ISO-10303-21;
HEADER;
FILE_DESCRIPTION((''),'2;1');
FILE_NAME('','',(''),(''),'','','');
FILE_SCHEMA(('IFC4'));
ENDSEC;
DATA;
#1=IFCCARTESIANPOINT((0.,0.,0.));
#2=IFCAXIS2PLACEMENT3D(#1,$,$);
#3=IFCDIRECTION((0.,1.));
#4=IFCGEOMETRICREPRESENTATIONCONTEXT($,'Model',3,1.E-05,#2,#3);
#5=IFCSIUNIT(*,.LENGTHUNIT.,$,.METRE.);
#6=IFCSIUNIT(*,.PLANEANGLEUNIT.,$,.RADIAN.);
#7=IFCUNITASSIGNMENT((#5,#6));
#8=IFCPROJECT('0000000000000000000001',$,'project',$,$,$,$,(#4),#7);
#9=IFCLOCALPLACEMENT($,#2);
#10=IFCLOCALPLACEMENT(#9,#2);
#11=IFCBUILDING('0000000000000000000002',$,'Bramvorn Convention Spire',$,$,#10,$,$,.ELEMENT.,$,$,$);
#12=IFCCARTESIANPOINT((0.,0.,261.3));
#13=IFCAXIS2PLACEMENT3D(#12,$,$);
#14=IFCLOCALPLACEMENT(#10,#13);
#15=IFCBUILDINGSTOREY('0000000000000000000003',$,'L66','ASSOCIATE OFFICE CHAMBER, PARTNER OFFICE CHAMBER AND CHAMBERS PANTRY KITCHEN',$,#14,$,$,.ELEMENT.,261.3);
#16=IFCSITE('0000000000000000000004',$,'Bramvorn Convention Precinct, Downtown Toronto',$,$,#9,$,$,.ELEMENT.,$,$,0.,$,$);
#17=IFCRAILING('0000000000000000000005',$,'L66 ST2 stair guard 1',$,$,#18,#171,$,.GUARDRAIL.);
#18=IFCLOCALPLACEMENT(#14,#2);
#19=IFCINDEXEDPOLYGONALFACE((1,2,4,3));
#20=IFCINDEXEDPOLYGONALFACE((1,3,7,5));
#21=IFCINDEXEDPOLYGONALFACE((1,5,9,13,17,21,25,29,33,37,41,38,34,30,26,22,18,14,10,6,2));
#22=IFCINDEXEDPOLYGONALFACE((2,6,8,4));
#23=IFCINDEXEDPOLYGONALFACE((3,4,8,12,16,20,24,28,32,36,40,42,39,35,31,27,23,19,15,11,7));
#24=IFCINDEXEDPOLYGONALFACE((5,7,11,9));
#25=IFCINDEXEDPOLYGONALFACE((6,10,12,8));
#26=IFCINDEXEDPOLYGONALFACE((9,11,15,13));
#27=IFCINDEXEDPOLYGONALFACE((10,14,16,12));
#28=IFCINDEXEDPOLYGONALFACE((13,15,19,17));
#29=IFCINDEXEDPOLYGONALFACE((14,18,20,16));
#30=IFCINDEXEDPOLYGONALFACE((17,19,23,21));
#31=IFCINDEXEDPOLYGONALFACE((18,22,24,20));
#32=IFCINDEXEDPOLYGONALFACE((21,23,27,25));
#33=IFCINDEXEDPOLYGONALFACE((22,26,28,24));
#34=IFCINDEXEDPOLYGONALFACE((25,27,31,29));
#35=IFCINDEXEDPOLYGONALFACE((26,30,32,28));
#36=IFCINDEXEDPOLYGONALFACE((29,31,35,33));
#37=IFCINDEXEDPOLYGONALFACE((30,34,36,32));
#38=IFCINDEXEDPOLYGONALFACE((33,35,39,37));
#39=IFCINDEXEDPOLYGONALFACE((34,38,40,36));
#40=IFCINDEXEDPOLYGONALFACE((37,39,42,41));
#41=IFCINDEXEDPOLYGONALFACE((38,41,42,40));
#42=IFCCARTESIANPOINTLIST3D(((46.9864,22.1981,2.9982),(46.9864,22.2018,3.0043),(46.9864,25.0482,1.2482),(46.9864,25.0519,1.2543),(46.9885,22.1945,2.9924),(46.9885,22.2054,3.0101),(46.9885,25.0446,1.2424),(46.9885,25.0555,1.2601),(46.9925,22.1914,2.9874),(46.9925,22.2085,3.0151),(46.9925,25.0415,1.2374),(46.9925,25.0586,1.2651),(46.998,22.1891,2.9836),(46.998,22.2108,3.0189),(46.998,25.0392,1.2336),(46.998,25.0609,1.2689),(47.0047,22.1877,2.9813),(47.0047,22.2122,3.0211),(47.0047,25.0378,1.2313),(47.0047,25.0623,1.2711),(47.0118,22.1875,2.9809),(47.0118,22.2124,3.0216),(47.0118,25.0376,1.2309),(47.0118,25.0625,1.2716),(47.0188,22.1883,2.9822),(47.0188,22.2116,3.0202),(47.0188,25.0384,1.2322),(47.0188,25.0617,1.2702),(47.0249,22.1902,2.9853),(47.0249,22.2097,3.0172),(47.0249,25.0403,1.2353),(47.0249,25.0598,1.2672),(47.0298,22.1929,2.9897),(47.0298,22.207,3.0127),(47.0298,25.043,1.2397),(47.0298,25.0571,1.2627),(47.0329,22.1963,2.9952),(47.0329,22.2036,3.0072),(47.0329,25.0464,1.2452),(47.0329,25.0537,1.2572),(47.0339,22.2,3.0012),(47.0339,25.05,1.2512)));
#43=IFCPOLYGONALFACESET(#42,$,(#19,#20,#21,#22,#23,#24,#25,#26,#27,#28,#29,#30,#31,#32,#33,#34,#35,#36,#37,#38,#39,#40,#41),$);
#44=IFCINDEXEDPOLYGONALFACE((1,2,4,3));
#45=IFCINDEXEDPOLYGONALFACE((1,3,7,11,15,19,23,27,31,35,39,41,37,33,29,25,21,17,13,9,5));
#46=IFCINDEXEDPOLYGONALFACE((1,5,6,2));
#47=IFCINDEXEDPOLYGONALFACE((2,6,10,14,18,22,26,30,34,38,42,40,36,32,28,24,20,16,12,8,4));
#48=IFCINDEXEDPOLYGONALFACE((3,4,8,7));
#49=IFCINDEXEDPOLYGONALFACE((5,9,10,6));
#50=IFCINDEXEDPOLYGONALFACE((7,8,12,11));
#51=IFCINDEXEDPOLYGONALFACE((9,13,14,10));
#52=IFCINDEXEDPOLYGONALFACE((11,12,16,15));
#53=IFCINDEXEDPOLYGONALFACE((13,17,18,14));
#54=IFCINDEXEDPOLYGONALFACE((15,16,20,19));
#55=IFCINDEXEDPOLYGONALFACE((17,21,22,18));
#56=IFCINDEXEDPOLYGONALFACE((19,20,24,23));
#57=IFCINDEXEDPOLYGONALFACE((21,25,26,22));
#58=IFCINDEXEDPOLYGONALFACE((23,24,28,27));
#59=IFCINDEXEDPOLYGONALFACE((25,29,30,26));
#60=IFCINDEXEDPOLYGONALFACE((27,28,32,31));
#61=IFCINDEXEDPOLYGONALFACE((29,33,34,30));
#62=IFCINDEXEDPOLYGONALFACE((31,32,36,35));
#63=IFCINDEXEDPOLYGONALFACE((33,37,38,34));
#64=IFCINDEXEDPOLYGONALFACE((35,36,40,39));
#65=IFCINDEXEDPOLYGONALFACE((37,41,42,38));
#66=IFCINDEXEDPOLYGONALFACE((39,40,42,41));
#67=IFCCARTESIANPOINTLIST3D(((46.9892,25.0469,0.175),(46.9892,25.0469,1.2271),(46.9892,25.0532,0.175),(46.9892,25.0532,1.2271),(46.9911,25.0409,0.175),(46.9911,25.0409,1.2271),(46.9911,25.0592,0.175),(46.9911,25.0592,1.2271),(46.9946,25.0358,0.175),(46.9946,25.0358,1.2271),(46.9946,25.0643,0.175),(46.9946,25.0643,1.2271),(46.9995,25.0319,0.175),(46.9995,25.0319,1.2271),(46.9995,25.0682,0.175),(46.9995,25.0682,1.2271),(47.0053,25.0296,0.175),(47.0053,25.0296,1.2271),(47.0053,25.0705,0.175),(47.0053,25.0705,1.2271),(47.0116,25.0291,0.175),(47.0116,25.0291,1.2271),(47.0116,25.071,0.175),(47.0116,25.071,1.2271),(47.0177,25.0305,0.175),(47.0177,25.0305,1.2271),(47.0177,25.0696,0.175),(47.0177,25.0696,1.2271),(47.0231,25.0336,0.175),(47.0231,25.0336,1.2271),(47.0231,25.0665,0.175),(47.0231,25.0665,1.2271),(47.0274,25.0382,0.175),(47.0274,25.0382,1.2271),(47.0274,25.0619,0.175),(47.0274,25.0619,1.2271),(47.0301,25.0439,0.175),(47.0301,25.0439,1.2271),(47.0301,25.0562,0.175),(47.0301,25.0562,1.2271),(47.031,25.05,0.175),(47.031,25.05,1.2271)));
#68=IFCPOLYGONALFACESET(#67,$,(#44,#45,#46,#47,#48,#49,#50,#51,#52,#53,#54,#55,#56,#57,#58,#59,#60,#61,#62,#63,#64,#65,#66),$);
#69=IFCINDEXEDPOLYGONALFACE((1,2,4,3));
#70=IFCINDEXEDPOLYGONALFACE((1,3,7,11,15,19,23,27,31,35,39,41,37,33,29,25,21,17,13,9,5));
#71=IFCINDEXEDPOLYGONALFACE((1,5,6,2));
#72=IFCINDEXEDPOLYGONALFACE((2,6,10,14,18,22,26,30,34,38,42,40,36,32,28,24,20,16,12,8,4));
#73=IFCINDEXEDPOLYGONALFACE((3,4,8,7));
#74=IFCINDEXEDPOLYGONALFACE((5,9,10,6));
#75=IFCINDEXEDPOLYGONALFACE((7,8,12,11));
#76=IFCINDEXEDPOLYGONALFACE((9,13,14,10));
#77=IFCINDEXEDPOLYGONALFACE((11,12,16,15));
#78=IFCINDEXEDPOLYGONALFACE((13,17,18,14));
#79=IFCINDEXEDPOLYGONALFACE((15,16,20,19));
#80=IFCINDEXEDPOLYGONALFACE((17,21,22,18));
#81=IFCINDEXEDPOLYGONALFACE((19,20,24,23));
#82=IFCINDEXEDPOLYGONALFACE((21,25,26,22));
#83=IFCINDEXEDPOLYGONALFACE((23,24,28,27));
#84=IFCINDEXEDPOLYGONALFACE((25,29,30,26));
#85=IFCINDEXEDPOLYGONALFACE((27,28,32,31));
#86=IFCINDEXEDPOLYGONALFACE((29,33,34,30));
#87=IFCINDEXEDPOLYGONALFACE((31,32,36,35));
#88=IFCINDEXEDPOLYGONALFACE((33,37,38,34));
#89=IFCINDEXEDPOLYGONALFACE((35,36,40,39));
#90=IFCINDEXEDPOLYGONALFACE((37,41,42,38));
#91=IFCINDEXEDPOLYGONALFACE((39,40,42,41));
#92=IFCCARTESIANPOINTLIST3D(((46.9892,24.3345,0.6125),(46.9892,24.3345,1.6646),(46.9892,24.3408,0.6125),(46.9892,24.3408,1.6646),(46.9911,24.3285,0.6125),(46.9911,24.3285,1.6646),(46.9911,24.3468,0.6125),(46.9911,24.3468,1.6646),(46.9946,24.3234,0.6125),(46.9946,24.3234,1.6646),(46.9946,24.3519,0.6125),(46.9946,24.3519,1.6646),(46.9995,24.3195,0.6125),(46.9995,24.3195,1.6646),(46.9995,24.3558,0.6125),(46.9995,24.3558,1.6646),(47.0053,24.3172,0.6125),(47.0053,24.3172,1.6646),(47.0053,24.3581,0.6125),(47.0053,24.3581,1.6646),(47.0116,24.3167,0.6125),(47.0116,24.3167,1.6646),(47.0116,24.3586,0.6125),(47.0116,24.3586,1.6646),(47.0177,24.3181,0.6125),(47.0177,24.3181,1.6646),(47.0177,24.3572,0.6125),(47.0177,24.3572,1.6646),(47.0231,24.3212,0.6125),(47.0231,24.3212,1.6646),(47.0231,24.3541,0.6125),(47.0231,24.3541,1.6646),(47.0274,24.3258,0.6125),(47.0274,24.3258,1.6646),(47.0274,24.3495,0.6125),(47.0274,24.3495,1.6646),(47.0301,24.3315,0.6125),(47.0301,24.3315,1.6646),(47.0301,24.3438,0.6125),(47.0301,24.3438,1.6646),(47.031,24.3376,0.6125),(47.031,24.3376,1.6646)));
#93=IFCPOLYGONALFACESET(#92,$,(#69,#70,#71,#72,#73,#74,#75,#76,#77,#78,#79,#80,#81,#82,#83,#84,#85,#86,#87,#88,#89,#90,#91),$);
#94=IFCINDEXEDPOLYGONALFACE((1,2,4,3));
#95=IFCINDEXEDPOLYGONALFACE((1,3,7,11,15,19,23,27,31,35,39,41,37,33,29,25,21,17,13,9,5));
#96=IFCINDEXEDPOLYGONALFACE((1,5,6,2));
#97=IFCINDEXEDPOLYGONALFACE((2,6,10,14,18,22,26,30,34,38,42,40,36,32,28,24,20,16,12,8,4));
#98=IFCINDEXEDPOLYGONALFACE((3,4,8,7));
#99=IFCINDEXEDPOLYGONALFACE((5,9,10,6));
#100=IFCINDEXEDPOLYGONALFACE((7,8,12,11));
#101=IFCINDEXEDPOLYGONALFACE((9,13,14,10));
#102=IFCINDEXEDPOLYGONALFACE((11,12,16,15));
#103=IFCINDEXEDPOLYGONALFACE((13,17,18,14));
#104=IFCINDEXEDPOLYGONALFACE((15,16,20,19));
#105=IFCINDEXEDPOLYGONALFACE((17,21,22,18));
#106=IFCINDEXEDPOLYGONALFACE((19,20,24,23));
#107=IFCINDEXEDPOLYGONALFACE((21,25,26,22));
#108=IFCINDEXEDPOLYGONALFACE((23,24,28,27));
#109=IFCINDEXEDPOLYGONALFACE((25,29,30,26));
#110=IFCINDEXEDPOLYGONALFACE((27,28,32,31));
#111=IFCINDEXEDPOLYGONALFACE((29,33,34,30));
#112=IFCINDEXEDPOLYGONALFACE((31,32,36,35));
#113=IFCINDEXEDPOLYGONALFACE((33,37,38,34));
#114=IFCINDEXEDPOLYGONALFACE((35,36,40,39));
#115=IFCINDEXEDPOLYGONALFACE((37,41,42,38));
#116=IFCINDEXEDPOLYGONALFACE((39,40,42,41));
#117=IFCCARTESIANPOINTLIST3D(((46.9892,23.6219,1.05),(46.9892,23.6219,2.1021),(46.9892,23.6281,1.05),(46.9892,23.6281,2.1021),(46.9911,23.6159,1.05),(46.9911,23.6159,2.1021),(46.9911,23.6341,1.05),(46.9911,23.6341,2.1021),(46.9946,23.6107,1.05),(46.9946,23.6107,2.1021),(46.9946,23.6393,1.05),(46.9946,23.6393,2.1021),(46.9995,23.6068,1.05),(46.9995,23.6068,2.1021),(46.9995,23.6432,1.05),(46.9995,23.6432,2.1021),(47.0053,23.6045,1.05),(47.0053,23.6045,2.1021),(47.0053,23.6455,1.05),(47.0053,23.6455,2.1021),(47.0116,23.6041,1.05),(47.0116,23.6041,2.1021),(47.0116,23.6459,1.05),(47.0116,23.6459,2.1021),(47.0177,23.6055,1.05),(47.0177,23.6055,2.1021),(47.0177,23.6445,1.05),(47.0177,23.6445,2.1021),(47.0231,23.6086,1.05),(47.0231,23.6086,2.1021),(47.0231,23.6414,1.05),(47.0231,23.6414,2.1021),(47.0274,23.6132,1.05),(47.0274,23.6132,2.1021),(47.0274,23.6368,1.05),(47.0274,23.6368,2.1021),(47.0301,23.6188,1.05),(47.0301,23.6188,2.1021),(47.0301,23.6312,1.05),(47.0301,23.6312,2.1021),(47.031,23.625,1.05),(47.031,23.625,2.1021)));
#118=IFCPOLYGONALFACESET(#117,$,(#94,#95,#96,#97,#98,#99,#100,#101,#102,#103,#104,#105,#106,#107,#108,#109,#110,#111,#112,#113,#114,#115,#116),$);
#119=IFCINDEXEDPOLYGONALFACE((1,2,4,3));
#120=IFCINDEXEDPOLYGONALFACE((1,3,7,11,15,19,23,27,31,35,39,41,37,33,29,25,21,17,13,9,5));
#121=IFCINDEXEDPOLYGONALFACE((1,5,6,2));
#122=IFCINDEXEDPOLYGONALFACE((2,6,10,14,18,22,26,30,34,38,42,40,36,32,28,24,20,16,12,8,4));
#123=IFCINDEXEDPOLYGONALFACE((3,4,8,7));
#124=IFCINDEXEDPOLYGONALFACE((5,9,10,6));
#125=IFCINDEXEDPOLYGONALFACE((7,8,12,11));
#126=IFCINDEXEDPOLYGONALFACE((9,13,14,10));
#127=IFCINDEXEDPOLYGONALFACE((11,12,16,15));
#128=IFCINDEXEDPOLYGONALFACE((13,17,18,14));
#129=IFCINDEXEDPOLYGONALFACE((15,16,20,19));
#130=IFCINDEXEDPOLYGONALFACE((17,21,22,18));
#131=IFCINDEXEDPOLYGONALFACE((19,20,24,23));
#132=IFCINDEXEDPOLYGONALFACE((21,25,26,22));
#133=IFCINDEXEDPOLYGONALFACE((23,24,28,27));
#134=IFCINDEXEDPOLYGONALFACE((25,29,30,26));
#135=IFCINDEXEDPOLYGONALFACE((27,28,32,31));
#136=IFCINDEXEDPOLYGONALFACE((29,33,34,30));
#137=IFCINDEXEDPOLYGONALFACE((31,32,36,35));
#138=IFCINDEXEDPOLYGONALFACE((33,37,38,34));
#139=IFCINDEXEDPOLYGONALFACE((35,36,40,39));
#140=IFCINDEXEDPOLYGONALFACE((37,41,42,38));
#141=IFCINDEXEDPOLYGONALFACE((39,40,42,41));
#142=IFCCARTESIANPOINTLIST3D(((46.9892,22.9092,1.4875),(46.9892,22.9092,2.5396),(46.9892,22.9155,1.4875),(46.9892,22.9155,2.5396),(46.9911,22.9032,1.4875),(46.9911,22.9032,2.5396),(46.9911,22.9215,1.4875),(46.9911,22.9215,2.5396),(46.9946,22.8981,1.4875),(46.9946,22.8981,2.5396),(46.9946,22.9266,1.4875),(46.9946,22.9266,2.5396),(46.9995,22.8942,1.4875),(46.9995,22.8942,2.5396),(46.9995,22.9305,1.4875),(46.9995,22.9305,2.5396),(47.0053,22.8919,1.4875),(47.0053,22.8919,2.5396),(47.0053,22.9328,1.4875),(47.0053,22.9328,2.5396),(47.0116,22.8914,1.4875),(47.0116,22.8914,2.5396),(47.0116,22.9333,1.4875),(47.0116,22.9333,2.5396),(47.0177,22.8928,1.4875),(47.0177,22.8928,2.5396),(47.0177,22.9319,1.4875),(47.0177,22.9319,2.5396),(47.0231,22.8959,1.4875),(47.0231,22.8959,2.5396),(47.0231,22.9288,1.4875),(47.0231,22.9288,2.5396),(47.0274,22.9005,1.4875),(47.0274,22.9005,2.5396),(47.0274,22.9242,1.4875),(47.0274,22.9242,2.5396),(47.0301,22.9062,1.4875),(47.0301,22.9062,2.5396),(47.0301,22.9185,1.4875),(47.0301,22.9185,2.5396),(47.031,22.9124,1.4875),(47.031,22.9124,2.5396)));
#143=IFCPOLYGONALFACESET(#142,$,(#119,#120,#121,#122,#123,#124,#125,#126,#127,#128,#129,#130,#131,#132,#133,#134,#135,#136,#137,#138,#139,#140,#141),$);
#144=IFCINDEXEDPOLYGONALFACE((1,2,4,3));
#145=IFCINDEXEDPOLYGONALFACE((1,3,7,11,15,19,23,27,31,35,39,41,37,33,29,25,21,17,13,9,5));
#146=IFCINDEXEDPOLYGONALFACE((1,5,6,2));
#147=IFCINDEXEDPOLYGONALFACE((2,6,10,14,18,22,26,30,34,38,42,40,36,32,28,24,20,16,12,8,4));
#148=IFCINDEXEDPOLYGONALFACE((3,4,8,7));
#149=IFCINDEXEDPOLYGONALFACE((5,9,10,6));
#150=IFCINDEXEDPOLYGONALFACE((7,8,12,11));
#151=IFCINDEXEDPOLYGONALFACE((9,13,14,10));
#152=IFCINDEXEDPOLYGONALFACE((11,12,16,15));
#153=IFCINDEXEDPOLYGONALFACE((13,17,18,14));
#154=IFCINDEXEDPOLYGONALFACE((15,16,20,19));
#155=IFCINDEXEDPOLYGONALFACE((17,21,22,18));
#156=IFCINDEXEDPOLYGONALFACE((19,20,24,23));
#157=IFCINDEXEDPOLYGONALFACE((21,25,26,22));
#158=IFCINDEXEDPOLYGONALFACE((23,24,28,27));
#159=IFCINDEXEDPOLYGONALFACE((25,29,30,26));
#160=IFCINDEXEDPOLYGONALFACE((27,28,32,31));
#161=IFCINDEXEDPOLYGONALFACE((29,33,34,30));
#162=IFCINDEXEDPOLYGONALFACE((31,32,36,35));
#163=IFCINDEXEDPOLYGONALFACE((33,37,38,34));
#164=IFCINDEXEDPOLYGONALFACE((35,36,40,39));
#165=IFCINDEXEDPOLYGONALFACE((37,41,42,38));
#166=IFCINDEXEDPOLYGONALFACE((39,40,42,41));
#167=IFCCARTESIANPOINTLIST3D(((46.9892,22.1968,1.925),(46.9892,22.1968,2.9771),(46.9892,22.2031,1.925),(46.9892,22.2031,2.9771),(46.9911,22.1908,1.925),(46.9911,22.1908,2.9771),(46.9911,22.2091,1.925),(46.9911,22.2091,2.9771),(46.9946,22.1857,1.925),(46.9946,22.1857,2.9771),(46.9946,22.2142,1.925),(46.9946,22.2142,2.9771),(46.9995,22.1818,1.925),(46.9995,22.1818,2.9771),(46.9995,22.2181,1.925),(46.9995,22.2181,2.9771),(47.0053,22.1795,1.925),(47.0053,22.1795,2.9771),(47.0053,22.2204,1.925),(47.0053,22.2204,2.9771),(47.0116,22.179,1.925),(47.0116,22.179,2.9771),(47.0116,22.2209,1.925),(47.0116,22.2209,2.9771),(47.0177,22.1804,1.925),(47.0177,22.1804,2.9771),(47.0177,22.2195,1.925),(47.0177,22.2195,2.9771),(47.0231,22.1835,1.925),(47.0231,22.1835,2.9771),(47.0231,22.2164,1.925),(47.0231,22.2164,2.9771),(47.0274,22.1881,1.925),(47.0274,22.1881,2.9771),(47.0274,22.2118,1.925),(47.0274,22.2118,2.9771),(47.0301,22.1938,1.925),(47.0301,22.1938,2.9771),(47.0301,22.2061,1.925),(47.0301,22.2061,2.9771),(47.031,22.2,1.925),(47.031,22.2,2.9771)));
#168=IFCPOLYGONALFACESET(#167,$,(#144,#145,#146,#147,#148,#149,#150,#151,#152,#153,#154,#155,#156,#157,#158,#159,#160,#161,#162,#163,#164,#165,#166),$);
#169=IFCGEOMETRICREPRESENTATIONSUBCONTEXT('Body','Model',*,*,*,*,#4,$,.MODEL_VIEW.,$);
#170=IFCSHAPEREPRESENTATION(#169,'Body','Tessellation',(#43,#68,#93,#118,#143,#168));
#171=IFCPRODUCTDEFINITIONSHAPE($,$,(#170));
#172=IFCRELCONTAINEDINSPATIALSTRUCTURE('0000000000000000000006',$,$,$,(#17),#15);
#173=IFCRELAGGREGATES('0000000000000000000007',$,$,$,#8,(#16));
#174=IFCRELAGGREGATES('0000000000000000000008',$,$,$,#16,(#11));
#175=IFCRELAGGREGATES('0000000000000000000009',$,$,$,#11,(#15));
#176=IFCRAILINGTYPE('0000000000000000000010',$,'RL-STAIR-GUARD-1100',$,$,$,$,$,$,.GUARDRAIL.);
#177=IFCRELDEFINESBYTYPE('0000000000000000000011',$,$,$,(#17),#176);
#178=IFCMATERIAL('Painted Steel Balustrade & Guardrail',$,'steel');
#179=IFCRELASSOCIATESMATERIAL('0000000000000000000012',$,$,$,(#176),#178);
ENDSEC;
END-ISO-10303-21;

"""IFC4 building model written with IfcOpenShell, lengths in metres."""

from ifc_helpers import new_model, si_unit, direction, frame, origin, origin_2d, place, context, subcontext, project, spatial, circle, extrude, material, type_object, element, save


model = new_model("IFC4")

# Units and contexts
model_context = context("Model", 3, precision=1e-05, world=origin(), true_north=direction((0.0, 1.0)))
body_context = subcontext(model_context, "Body", "Model", "MODEL_VIEW")
ifc_project = project(units=[si_unit("LENGTHUNIT", "METRE"), si_unit("PLANEANGLEUNIT", "RADIAN")], contexts=[model_context])

# Site, building, storey
site_placement = place(None, origin())
site = spatial("IfcSite", under=ifc_project, at=site_placement, Name="Bramvorn Convention Precinct, Downtown Toronto", CompositionType="ELEMENT", RefElevation=0.0)
building_placement = place(site_placement, origin())
building = spatial("IfcBuilding", under=site, at=building_placement, Name="Bramvorn Convention Spire", CompositionType="ELEMENT")
storey_placement = place(building_placement, frame((0.0, 0.0, 261.3)))
storey = spatial("IfcBuildingStorey", under=building, at=storey_placement, Name="L66", Description="ASSOCIATE OFFICE CHAMBER, PARTNER OFFICE CHAMBER AND CHAMBERS PANTRY KITCHEN", CompositionType="ELEMENT", Elevation=261.3)

# Railing
ifc_material_1 = material(Name="Painted Steel Balustrade & Guardrail", Category="steel")
railing_type_1 = type_object("IfcRailingType", Name="RL-STAIR-GUARD-1100", PredefinedType="GUARDRAIL", material=ifc_material_1)
railing_1_placement = place(storey_placement, frame((47.01, 25.05, 0.175)))
element("IfcRailing", 1, at=railing_1_placement, inside=storey, type_object=railing_type_1, Name="L66 ST2 stair guard 1", PredefinedType="GUARDRAIL", context=body_context, shape_type="SweptSolid", body=[
    extrude(circle(Radius=0.0239, at=origin_2d()), frame((0.0, 0.0, 1.0762), z_axis=(0.0, -0.852179, 0.52325), x_axis=(1.0, 0.0, 0.0)), (0.0, 0.0, 1.0), 3.3445),
    extrude(circle(Radius=0.021, at=origin_2d()), origin(), (0.0, 0.0, 1.0), 1.052),
    extrude(circle(Radius=0.021, at=origin_2d()), frame((0.0, -0.7124, 0.4375)), (0.0, 0.0, 1.0), 1.052),
    extrude(circle(Radius=0.021, at=origin_2d()), frame((0.0, -1.425, 0.875)), (0.0, 0.0, 1.0), 1.052),
    extrude(circle(Radius=0.021, at=origin_2d()), frame((0.0, -2.1377, 1.3125)), (0.0, 0.0, 1.0), 1.052),
    extrude(circle(Radius=0.021, at=origin_2d()), frame((0.0, -2.8501, 1.75)), (0.0, 0.0, 1.0), 1.052),
])

save(model, "model.ifc")
